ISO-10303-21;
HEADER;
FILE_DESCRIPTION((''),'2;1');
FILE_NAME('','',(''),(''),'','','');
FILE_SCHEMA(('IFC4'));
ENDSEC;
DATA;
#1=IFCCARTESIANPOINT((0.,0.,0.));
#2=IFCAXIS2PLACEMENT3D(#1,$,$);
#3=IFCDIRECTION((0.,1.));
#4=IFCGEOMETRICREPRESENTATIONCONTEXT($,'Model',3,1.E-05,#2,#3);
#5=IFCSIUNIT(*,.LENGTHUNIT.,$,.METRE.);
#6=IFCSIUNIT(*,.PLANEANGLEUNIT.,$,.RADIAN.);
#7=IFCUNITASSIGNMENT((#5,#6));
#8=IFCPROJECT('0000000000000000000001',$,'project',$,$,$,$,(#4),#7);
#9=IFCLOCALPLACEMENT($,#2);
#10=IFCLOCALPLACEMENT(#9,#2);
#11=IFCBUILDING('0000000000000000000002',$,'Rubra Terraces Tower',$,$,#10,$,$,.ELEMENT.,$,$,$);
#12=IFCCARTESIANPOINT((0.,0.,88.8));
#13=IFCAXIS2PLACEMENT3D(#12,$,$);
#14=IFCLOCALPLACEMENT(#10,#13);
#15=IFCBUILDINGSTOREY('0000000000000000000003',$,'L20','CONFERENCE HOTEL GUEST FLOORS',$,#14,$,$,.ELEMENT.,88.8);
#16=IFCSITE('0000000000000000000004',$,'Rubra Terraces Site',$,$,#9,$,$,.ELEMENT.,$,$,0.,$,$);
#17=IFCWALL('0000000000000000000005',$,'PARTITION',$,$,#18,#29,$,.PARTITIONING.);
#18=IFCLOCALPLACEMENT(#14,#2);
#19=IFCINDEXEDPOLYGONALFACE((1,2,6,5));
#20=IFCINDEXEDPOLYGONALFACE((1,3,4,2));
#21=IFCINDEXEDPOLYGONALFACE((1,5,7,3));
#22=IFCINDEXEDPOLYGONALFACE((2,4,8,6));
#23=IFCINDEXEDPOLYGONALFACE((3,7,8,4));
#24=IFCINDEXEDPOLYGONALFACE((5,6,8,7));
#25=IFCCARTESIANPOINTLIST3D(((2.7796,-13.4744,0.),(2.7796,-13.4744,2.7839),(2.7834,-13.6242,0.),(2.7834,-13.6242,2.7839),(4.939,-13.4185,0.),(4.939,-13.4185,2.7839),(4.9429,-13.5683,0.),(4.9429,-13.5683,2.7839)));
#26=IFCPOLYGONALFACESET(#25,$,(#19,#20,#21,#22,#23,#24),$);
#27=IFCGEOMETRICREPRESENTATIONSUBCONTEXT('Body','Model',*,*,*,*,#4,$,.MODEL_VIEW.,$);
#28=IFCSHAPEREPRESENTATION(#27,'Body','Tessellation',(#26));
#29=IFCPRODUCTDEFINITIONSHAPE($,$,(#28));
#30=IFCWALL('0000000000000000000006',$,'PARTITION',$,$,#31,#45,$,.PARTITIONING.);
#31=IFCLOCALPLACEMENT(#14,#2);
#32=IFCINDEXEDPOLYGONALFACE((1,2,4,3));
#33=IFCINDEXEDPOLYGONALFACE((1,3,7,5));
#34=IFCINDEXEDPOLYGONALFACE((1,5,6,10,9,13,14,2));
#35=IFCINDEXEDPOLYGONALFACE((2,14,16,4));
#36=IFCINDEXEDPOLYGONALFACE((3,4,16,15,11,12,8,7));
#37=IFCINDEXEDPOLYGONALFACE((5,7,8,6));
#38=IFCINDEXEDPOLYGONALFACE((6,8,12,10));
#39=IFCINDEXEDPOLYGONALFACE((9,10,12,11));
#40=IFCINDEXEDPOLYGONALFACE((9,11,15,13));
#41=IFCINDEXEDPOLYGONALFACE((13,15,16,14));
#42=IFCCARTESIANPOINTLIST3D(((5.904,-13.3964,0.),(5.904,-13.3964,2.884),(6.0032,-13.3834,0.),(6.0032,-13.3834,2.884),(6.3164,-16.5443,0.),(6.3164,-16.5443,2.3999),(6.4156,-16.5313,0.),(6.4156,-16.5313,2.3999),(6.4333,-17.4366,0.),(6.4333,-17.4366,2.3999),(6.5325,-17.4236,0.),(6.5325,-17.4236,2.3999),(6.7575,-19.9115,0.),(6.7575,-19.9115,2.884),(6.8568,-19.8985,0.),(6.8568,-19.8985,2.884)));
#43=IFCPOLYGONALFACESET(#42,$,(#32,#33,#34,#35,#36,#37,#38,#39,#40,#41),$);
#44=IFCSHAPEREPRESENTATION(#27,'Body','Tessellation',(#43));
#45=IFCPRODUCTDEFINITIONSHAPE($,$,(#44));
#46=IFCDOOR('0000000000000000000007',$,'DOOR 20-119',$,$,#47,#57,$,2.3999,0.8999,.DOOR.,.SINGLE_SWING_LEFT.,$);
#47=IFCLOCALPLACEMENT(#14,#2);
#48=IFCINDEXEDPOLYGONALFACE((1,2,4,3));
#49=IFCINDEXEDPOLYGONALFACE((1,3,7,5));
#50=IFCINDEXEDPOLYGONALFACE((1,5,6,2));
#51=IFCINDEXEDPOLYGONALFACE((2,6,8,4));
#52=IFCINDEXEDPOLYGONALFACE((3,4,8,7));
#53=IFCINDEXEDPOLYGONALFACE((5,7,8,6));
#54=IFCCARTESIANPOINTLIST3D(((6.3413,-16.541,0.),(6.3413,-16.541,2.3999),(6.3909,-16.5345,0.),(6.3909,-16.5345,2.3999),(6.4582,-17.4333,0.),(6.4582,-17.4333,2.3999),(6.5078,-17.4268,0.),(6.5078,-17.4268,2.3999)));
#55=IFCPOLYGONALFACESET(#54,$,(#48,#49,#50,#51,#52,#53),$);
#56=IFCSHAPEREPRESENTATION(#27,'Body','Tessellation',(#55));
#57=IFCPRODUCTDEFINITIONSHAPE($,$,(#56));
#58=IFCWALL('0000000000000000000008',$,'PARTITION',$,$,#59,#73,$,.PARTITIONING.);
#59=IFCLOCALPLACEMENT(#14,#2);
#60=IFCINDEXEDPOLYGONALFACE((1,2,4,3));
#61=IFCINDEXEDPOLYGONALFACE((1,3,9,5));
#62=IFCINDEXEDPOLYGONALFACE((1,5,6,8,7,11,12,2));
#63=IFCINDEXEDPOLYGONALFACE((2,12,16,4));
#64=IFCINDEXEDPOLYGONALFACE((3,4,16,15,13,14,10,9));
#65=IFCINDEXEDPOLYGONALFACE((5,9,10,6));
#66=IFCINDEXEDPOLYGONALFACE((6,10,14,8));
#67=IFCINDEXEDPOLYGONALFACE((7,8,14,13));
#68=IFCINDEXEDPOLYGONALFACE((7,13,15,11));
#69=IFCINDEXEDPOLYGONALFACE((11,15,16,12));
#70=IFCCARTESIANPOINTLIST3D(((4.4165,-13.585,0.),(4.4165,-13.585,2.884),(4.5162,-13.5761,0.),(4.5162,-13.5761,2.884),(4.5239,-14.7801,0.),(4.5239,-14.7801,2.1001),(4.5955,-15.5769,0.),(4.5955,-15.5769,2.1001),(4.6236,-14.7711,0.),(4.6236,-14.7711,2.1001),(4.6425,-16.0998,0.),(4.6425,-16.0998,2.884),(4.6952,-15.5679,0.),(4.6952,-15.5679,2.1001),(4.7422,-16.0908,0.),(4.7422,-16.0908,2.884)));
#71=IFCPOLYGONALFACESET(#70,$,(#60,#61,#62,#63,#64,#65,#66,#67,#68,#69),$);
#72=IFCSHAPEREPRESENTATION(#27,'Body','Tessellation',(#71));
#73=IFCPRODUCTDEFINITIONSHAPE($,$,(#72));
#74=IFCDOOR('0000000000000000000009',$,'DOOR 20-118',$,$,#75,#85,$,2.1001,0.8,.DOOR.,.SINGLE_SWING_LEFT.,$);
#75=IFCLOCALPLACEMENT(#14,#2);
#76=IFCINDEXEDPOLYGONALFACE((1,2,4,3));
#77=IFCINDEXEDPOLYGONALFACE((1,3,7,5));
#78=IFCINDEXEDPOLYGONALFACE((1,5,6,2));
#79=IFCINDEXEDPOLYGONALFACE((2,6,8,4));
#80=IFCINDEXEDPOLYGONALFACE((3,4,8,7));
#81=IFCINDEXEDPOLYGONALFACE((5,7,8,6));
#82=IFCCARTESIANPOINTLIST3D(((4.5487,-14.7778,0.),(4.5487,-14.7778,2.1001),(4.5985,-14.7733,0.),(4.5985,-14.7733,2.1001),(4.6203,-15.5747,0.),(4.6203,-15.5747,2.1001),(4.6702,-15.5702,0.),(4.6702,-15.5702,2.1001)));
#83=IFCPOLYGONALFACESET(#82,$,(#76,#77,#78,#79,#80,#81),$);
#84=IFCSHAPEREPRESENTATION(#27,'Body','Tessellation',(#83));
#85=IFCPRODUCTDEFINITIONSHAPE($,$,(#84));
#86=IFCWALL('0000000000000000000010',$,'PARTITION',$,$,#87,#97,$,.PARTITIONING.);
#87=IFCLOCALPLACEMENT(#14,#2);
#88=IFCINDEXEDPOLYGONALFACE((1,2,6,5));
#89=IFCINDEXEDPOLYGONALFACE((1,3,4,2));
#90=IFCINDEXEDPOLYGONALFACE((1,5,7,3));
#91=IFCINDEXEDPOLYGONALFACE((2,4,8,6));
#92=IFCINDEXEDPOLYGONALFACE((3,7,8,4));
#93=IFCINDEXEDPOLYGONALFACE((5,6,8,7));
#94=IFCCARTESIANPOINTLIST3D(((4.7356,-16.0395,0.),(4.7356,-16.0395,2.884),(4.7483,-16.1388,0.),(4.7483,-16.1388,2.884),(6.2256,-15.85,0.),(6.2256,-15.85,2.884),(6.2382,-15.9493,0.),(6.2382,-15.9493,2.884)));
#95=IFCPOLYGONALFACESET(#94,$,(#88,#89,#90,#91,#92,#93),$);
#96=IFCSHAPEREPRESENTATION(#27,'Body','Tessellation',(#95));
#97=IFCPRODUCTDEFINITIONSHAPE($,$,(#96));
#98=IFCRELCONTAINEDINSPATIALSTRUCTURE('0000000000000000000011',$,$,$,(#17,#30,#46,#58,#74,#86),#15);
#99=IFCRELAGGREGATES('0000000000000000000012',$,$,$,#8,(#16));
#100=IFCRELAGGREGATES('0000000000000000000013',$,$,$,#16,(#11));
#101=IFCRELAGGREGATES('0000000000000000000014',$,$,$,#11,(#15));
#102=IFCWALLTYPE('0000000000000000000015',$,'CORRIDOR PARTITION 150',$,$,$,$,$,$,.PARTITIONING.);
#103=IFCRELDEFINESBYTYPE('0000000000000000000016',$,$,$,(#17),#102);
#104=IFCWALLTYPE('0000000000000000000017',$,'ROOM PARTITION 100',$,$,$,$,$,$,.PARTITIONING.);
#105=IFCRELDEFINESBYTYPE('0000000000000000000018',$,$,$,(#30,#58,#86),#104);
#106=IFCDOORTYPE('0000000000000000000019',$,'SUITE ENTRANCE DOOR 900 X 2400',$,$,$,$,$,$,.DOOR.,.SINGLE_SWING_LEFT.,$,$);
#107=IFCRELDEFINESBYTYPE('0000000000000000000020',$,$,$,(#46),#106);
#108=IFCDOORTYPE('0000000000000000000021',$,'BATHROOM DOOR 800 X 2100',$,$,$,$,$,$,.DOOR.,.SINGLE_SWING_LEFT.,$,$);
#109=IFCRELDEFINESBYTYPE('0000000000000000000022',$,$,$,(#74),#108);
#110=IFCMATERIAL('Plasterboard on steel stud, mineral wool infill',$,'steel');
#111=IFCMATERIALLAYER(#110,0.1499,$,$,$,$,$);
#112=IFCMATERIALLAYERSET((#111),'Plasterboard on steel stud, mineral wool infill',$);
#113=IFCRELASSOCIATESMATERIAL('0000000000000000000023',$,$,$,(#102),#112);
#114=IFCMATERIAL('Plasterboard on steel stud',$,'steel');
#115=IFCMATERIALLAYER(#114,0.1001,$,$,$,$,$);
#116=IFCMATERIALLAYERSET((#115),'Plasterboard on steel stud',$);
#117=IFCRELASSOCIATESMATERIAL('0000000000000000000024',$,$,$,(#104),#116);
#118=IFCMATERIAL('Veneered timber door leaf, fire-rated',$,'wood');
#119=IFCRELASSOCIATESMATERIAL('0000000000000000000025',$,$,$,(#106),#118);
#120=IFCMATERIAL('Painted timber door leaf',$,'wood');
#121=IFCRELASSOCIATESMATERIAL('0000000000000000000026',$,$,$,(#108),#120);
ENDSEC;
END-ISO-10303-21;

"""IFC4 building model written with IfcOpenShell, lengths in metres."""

from ifc_helpers import new_model, si_unit, direction, frame, frame_2d, origin, place, context, subcontext, project, spatial, rectangle, extrude, material, layer, layer_set, type_object, element, fill, save


model = new_model("IFC4")

# Units and contexts
model_context = context("Model", 3, precision=1e-05, world=origin(), true_north=direction((0.0, 1.0)))
body_context = subcontext(model_context, "Body", "Model", "MODEL_VIEW")
ifc_project = project(units=[si_unit("LENGTHUNIT", "METRE"), si_unit("PLANEANGLEUNIT", "RADIAN")], contexts=[model_context])

# Site, building, storey
site_placement = place(None, origin())
site = spatial("IfcSite", under=ifc_project, at=site_placement, Name="Rubra Terraces Site", CompositionType="ELEMENT", RefElevation=0.0)
building_placement = place(site_placement, origin())
building = spatial("IfcBuilding", under=site, at=building_placement, Name="Rubra Terraces Tower", CompositionType="ELEMENT")
storey_placement = place(building_placement, frame((0.0, 0.0, 88.8)))
storey = spatial("IfcBuildingStorey", under=building, at=storey_placement, Name="L20", Description="CONFERENCE HOTEL GUEST FLOORS", CompositionType="ELEMENT", Elevation=88.8)

# Wall
ifc_material_1 = material(Name="Plasterboard on steel stud, mineral wool infill", Category="steel")
ifc_layer_1 = layer(ifc_material_1, 0.1499)
ifc_layer_set_1 = layer_set([ifc_layer_1], Name="Plasterboard on steel stud, mineral wool infill")
wall_type_1 = type_object("IfcWallType", Name="CORRIDOR PARTITION 150", PredefinedType="PARTITIONING", material=ifc_layer_set_1)
wall_1_placement = place(storey_placement, frame((2.7815, -13.5493, 0.0), z_axis=(0.0, 0.0, 1.0), x_axis=(0.999665, 0.025882, 0.0)))
element("IfcWall", 1, at=wall_1_placement, inside=storey, type_object=wall_type_1, Name="PARTITION", PredefinedType="PARTITIONING", context=body_context, shape_type="SweptSolid", body=[
    extrude(rectangle(XDim=2.1602, YDim=0.1499, at=frame_2d((1.0801, 0.0))), origin(), (0.0, 0.0, 1.0), 2.7839),
])

# Walls, openings, doors
ifc_material_2 = material(Name="Plasterboard on steel stud", Category="steel")
ifc_layer_2 = layer(ifc_material_2, 0.1001)
ifc_layer_set_2 = layer_set([ifc_layer_2], Name="Plasterboard on steel stud")
wall_type_2 = type_object("IfcWallType", Name="ROOM PARTITION 100", PredefinedType="PARTITIONING", material=ifc_layer_set_2)
wall_2_placement = place(storey_placement, frame((6.8071, -19.905, 0.0), z_axis=(0.0, 0.0, 1.0), x_axis=(-0.129895, 0.991528, 0.0)))
wall_2 = element("IfcWall", 2, at=wall_2_placement, inside=storey, type_object=wall_type_2, Name="PARTITION", PredefinedType="PARTITIONING", context=body_context, shape_type="SweptSolid", body=[
    extrude(rectangle(XDim=6.5708, YDim=0.1001, at=frame_2d((3.2854, 0.0))), origin(), (0.0, 0.0, 1.0), 2.884),
])
opening_1_placement = place(wall_2_placement, frame((2.4961, 0.0, 0.0)))
opening_1 = element("IfcOpeningElement", 3, at=opening_1_placement, cuts=wall_2, PredefinedType="OPENING", context=body_context, shape_type="SweptSolid", body=[
    extrude(rectangle(XDim=0.8999, YDim=2.3999, at=frame_2d((0.45, 1.2))), frame((0.0, 0.0601, 0.0), z_axis=(0.0, -1.0, 0.0), x_axis=(1.0, 0.0, 0.0)), (0.0, 0.0, 1.0), 0.1201),
])
ifc_material_3 = material(Name="Veneered timber door leaf, fire-rated", Category="wood")
door_type_1 = type_object("IfcDoorType", Name="SUITE ENTRANCE DOOR 900 X 2400", OperationType="SINGLE_SWING_LEFT", PredefinedType="DOOR", material=ifc_material_3)
door_1_placement = place(opening_1_placement, origin())
door_1 = element("IfcDoor", 4, at=door_1_placement, inside=storey, type_object=door_type_1, Name="DOOR 20-119", OperationType="SINGLE_SWING_LEFT", OverallHeight=2.3999, OverallWidth=0.8999, PredefinedType="DOOR", context=body_context, shape_type="SweptSolid", body=[
    extrude(rectangle(XDim=0.8999, YDim=2.3999, at=frame_2d((0.45, 1.2))), frame((0.0, 0.0249, 0.0), z_axis=(0.0, -1.0, 0.0), x_axis=(1.0, 0.0, 0.0)), (0.0, 0.0, 1.0), 0.05),
])
fill(opening_1, door_1)
wall_3_placement = place(storey_placement, frame((4.4663, -13.5806, 0.0), z_axis=(0.0, 0.0, 1.0), x_axis=(0.089542, -0.995983, 0.0)))
wall_3 = element("IfcWall", 5, at=wall_3_placement, inside=storey, type_object=wall_type_2, Name="PARTITION", PredefinedType="PARTITIONING", context=body_context, shape_type="SweptSolid", body=[
    extrude(rectangle(XDim=2.5249, YDim=0.1001, at=frame_2d((1.2625, 0.0))), origin(), (0.0, 0.0, 1.0), 2.884),
])
opening_2_placement = place(wall_3_placement, frame((1.2, 0.0, 0.0)))
opening_2 = element("IfcOpeningElement", 6, at=opening_2_placement, cuts=wall_3, PredefinedType="OPENING", context=body_context, shape_type="SweptSolid", body=[
    extrude(rectangle(XDim=0.8, YDim=2.1001, at=frame_2d((0.3999, 1.05))), frame((0.0, 0.0601, 0.0), z_axis=(0.0, -1.0, 0.0), x_axis=(1.0, 0.0, 0.0)), (0.0, 0.0, 1.0), 0.1201),
])
ifc_material_4 = material(Name="Painted timber door leaf", Category="wood")
door_type_2 = type_object("IfcDoorType", Name="BATHROOM DOOR 800 X 2100", OperationType="SINGLE_SWING_LEFT", PredefinedType="DOOR", material=ifc_material_4)
door_2_placement = place(opening_2_placement, origin())
door_2 = element("IfcDoor", 7, at=door_2_placement, inside=storey, type_object=door_type_2, Name="DOOR 20-118", OperationType="SINGLE_SWING_LEFT", OverallHeight=2.1001, OverallWidth=0.8, PredefinedType="DOOR", context=body_context, shape_type="SweptSolid", body=[
    extrude(rectangle(XDim=0.8, YDim=2.1001, at=frame_2d((0.3999, 1.05))), frame((0.0, 0.0249, 0.0), z_axis=(0.0, -1.0, 0.0), x_axis=(1.0, 0.0, 0.0)), (0.0, 0.0, 1.0), 0.05),
])
fill(opening_2, door_2)

# Wall
wall_4_placement = place(storey_placement, frame((4.7419, -16.0891, 0.0), z_axis=(0.0, 0.0, 1.0), x_axis=(0.992013, 0.126135, 0.0)))
element("IfcWall", 8, at=wall_4_placement, inside=storey, type_object=wall_type_2, Name="PARTITION", PredefinedType="PARTITIONING", context=body_context, shape_type="SweptSolid", body=[
    extrude(rectangle(XDim=1.502, YDim=0.1001, at=frame_2d((0.751, 0.0))), origin(), (0.0, 0.0, 1.0), 2.884),
])

save(model, "model.ifc")
